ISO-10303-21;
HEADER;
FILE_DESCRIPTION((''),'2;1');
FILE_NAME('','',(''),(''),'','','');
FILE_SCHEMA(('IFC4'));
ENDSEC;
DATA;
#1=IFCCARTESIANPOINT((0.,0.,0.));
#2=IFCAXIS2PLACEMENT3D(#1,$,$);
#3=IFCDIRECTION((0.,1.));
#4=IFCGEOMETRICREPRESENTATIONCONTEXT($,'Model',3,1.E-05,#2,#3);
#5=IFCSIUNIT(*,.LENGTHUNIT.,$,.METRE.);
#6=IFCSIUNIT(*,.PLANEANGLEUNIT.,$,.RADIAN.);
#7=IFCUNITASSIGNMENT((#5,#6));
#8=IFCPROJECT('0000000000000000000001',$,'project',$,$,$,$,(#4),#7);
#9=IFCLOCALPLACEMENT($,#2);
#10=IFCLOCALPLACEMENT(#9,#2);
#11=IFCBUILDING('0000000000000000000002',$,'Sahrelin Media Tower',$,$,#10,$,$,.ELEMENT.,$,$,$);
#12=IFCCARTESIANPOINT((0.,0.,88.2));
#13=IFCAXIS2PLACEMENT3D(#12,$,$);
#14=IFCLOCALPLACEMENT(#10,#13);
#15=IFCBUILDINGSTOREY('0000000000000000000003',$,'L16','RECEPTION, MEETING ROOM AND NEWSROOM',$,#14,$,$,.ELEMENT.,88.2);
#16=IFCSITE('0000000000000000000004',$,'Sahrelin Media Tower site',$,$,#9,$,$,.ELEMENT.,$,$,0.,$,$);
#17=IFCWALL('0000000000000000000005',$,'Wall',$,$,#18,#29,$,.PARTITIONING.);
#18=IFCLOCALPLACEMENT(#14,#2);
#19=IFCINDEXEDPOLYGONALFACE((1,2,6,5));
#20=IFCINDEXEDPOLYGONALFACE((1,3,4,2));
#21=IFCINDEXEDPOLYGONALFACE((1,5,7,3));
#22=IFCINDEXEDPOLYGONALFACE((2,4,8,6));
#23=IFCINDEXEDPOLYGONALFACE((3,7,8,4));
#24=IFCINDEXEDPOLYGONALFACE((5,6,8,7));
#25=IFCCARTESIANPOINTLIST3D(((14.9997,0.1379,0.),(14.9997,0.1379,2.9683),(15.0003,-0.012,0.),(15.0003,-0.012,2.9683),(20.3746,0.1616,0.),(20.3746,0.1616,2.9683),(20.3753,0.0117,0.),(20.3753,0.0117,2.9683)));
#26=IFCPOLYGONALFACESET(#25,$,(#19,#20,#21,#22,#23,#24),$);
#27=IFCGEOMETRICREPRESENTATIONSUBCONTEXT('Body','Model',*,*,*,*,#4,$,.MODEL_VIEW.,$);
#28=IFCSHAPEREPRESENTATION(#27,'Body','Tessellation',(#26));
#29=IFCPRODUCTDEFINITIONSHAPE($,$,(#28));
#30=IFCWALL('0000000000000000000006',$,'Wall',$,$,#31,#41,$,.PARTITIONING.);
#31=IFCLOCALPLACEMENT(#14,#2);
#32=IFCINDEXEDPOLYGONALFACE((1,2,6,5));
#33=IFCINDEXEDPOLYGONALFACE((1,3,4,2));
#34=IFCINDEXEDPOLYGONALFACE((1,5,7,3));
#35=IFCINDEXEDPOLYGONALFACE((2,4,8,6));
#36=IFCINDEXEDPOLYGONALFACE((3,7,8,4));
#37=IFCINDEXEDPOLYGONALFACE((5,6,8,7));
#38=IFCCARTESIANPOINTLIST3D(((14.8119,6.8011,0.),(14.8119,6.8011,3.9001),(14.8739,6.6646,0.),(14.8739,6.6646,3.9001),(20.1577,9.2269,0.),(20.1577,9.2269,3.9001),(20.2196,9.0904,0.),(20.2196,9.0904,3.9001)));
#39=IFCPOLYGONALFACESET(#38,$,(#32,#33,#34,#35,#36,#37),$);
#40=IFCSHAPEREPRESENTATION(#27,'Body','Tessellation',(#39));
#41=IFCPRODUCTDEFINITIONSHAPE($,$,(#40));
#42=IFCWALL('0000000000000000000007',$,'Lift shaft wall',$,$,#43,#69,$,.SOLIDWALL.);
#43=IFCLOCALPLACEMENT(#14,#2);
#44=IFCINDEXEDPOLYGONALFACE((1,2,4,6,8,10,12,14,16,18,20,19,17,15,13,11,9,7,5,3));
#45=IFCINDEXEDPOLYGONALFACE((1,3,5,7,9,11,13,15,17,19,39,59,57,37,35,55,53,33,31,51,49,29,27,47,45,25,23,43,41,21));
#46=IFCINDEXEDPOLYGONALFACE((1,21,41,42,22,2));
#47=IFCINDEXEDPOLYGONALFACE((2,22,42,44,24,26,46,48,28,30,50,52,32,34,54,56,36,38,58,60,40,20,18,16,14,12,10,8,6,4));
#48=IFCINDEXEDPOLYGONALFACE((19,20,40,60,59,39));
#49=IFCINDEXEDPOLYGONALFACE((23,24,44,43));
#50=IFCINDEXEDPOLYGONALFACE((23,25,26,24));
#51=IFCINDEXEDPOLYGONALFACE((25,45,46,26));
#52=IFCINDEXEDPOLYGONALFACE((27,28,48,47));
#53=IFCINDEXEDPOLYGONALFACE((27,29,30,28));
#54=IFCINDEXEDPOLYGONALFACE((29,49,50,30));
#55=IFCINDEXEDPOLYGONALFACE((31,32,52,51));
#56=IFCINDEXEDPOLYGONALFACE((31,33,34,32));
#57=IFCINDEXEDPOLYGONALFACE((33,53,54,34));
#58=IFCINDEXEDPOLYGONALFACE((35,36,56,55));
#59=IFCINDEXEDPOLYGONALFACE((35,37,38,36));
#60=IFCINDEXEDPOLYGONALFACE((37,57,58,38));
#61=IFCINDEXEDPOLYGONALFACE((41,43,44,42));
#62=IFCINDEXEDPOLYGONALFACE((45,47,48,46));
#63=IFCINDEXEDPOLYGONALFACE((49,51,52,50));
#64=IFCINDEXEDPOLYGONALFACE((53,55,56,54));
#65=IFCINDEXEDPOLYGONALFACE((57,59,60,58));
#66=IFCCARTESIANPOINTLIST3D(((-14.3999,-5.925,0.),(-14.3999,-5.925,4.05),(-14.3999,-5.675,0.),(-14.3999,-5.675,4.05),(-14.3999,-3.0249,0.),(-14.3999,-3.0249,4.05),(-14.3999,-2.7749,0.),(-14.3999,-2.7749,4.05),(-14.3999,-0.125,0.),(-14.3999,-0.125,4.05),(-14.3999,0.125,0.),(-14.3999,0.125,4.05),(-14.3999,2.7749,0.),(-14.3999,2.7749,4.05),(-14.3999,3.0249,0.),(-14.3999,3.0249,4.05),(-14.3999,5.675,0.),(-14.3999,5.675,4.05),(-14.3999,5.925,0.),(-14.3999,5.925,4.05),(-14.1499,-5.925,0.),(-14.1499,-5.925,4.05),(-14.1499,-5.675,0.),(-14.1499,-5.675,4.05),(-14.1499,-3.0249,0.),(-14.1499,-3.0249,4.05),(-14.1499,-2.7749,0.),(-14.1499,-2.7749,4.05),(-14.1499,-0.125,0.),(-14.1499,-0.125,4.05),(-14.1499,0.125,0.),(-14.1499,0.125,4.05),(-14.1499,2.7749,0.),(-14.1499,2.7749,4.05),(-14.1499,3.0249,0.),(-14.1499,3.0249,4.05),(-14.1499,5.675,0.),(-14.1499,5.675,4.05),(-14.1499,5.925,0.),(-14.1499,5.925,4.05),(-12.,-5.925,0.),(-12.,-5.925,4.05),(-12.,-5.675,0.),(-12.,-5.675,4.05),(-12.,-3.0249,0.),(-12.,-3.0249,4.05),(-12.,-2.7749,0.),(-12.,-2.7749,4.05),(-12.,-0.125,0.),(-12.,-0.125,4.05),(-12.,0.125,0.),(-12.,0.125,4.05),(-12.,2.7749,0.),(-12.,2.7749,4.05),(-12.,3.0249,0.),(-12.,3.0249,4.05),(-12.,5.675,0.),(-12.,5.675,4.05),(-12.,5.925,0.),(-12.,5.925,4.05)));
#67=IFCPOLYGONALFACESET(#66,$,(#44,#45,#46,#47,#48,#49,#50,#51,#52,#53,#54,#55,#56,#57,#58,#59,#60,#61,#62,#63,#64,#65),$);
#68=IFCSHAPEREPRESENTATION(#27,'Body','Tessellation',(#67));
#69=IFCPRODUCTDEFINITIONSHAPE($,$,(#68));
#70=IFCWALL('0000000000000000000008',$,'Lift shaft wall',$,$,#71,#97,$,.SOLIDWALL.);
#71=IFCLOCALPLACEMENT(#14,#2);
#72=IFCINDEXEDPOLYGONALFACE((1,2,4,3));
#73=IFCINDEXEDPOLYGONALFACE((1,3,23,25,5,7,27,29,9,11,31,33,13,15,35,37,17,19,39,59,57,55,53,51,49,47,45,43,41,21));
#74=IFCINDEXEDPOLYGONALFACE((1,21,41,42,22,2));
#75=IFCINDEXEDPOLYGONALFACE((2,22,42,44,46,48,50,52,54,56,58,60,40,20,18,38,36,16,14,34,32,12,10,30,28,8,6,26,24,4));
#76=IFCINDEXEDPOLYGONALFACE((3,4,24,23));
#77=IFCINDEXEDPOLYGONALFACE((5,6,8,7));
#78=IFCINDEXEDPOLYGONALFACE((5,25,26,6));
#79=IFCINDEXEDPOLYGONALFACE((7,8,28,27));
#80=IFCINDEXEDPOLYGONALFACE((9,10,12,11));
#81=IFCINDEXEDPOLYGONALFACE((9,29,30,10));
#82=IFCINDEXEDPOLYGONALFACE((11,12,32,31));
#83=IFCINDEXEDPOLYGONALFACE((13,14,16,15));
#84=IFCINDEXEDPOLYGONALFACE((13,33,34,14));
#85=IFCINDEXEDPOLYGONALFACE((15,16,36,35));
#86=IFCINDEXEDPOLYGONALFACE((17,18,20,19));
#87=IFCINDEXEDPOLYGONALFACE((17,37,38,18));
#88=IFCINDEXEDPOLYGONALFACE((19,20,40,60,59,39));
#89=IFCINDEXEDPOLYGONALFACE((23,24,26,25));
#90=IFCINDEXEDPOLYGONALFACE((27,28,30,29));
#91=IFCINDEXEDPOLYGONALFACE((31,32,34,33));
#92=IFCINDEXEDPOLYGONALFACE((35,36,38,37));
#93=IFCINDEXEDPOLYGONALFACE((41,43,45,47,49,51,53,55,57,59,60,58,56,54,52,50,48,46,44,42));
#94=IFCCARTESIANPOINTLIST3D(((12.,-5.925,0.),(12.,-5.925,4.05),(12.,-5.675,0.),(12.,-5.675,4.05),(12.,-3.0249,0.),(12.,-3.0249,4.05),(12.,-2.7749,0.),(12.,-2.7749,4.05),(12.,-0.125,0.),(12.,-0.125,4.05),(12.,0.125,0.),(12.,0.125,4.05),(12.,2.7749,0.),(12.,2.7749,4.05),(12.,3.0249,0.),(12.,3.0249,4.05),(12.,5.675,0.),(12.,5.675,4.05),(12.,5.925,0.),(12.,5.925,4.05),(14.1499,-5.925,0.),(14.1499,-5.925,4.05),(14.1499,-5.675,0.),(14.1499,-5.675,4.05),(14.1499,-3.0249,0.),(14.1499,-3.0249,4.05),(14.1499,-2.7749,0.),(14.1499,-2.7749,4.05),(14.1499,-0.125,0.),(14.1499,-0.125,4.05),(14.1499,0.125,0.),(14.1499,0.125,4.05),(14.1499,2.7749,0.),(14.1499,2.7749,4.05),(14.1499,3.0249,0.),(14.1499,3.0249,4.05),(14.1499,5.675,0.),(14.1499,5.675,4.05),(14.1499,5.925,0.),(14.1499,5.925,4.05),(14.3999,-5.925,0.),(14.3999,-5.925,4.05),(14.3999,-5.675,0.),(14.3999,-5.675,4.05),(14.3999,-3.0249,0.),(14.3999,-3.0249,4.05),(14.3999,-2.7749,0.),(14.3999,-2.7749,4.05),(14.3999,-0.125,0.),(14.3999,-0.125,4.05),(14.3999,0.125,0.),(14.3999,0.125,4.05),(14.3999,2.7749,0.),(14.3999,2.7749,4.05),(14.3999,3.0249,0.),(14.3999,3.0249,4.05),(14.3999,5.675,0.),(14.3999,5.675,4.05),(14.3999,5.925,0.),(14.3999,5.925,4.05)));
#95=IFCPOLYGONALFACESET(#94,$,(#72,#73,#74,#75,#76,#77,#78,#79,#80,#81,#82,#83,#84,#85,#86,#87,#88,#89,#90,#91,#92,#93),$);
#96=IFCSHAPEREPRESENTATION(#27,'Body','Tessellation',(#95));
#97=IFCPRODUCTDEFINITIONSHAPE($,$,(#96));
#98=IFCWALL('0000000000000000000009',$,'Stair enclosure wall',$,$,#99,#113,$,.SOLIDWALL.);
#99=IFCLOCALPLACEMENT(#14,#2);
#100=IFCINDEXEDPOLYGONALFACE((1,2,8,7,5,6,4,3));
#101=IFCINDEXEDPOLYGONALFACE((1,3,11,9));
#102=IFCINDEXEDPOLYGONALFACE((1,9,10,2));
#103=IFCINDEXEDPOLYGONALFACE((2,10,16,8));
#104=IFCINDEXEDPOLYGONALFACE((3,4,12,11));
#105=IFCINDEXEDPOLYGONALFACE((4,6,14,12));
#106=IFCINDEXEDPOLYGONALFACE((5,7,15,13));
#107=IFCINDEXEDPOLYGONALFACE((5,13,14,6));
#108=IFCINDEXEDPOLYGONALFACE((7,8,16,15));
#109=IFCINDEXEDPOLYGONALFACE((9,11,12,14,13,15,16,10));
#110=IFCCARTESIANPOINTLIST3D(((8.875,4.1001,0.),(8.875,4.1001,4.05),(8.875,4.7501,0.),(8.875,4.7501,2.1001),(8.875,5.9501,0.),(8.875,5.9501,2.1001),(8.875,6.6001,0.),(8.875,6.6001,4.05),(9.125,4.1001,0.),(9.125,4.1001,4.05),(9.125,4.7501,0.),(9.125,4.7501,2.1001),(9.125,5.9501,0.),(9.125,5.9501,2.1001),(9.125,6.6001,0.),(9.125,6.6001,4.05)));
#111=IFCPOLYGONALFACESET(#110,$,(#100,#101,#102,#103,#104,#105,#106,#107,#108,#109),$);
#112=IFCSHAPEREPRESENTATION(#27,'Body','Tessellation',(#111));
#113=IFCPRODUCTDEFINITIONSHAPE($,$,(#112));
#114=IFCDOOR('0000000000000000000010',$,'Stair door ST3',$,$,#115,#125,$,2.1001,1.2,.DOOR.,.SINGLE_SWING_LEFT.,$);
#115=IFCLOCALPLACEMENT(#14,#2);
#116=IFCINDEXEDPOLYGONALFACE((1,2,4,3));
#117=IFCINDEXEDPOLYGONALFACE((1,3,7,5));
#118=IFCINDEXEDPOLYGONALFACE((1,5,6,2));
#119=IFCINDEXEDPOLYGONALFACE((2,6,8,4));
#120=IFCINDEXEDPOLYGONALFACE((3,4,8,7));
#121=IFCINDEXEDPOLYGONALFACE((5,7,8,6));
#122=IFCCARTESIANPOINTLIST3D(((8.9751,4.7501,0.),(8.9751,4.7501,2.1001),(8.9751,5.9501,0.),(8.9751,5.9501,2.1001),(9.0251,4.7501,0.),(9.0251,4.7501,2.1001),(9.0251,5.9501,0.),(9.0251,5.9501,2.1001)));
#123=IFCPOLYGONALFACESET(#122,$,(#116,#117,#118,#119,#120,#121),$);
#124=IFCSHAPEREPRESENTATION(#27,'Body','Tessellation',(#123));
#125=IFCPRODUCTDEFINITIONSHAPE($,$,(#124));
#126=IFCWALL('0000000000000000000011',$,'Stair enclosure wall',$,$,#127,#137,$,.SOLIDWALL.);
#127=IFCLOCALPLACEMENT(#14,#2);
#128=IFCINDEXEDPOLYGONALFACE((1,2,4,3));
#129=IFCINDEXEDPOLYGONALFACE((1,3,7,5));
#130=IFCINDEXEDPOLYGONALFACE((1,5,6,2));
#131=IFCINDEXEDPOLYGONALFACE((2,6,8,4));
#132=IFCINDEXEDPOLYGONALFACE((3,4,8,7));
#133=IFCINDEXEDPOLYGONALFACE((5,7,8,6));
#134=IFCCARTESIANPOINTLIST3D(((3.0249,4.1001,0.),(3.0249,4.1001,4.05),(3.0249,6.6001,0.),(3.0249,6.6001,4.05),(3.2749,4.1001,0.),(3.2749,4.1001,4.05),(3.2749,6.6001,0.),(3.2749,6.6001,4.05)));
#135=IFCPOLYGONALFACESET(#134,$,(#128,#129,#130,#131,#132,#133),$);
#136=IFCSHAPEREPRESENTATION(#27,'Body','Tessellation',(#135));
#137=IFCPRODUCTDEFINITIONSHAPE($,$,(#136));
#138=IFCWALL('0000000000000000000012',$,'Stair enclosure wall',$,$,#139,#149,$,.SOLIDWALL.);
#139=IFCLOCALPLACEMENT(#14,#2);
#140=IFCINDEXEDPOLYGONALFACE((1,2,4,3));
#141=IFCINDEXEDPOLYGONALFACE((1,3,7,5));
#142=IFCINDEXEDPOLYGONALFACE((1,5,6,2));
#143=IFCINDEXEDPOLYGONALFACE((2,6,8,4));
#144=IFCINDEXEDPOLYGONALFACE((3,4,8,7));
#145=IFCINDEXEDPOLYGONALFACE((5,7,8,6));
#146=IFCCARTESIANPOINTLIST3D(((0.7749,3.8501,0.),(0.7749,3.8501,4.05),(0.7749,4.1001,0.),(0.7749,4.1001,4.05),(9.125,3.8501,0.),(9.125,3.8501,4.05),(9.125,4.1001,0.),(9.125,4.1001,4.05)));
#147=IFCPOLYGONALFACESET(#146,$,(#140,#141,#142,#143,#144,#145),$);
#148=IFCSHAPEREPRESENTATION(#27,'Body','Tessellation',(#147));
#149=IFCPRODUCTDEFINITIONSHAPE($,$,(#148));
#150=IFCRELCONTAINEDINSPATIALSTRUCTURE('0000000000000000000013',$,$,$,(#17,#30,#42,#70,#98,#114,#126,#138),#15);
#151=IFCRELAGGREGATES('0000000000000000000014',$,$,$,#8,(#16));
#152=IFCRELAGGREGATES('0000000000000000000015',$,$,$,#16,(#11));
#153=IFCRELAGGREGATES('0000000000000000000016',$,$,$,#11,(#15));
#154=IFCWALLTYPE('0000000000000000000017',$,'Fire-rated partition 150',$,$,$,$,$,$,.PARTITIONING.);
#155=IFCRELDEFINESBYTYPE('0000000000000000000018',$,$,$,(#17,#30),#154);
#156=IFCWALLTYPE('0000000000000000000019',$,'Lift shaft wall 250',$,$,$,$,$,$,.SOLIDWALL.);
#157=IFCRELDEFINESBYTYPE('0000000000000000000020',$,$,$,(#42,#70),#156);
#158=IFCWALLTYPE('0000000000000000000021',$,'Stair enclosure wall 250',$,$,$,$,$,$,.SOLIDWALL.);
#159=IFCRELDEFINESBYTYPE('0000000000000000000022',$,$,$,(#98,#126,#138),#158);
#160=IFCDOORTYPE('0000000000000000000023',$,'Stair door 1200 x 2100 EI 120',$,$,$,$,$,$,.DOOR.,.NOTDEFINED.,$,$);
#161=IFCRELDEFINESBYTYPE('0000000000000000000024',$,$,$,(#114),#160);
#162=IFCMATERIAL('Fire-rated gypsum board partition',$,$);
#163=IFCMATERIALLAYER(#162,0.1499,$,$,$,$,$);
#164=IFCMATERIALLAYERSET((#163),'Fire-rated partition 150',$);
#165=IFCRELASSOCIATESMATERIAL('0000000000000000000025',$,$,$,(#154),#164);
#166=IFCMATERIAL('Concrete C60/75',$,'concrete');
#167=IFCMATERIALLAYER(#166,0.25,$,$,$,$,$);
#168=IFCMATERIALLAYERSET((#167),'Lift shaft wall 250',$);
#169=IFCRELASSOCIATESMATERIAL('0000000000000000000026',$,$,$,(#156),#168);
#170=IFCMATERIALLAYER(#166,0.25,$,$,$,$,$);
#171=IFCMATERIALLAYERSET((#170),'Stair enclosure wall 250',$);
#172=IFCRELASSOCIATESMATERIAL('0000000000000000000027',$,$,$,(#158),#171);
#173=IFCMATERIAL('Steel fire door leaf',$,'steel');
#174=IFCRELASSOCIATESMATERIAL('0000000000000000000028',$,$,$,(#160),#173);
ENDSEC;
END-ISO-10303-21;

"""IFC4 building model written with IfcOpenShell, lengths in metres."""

from ifc_helpers import new_model, si_unit, direction, frame, frame_2d, origin, place, context, subcontext, project, spatial, polyline, rectangle, outline, extrude, material, layer, layer_set, type_object, element, fill, save


model = new_model("IFC4")

# Units and contexts
model_context = context("Model", 3, precision=1e-05, world=origin(), true_north=direction((0.0, 1.0)))
body_context = subcontext(model_context, "Body", "Model", "MODEL_VIEW")
ifc_project = project(units=[si_unit("LENGTHUNIT", "METRE"), si_unit("PLANEANGLEUNIT", "RADIAN")], contexts=[model_context])

# Site, building, storey
site_placement = place(None, origin())
site = spatial("IfcSite", under=ifc_project, at=site_placement, Name="Sahrelin Media Tower site", CompositionType="ELEMENT", RefElevation=0.0)
building_placement = place(site_placement, origin())
building = spatial("IfcBuilding", under=site, at=building_placement, Name="Sahrelin Media Tower", CompositionType="ELEMENT")
storey_placement = place(building_placement, frame((0.0, 0.0, 88.2)))
storey = spatial("IfcBuildingStorey", under=building, at=storey_placement, Name="L16", Description="RECEPTION, MEETING ROOM AND NEWSROOM", CompositionType="ELEMENT", Elevation=88.2)

# Shared definitions
ifc_material_1 = material(Name="Fire-rated gypsum board partition")
ifc_material_2 = material(Name="Steel fire door leaf", Category="steel")

# Walls
ifc_layer_1 = layer(ifc_material_1, 0.1499)
ifc_layer_set_1 = layer_set([ifc_layer_1], Name="Fire-rated partition 150")
wall_type_1 = type_object("IfcWallType", Name="Fire-rated partition 150", PredefinedType="PARTITIONING", material=ifc_layer_set_1)
wall_1_placement = place(storey_placement, frame((15.0, 0.063, 0.0), z_axis=(0.0, 0.0, 1.0), x_axis=(0.99999, 0.004406, 0.0)))
element("IfcWall", 1, at=wall_1_placement, inside=storey, type_object=wall_type_1, Name="Wall", PredefinedType="PARTITIONING", context=body_context, shape_type="SweptSolid", body=[
    extrude(rectangle(XDim=5.375, YDim=0.1499, at=frame_2d((2.6875, 0.0))), origin(), (0.0, 0.0, 1.0), 2.9683),
])
wall_2_placement = place(storey_placement, frame((14.843, 6.7329, 0.0), z_axis=(0.0, 0.0, 1.0), x_axis=(0.910628, 0.413226, 0.0)))
element("IfcWall", 2, at=wall_2_placement, inside=storey, type_object=wall_type_1, Name="Wall", PredefinedType="PARTITIONING", context=body_context, shape_type="SweptSolid", body=[
    extrude(rectangle(XDim=5.8704, YDim=0.1499, at=frame_2d((2.9351, 0.0))), origin(), (0.0, 0.0, 1.0), 3.9001),
])
ifc_material_3 = material(Name="Concrete C60/75", Category="concrete")
ifc_layer_2 = layer(ifc_material_3, 0.25)
ifc_layer_set_2 = layer_set([ifc_layer_2], Name="Lift shaft wall 250")
wall_type_2 = type_object("IfcWallType", Name="Lift shaft wall 250", PredefinedType="SOLIDWALL", material=ifc_layer_set_2)
placement = place(storey_placement, origin())
element("IfcWall", 3, at=placement, inside=storey, type_object=wall_type_2, Name="Lift shaft wall", PredefinedType="SOLIDWALL", context=body_context, shape_type="SweptSolid", body=[
    extrude(outline(polyline([(-12.0, -5.925), (-12.0, -5.675), (-14.1499, -5.675), (-14.1499, -3.0249), (-12.0, -3.0249), (-12.0, -2.7749), (-14.1499, -2.7749), (-14.1499, -0.125), (-12.0, -0.125), (-12.0, 0.125), (-14.1499, 0.125), (-14.1499, 2.7749), (-12.0, 2.7749), (-12.0, 3.0249), (-14.1499, 3.0249), (-14.1499, 5.675), (-12.0, 5.675), (-12.0, 5.925), (-14.1499, 5.925), (-14.3999, 5.925), (-14.3999, 5.675), (-14.3999, 3.0249), (-14.3999, 2.7749), (-14.3999, 0.125), (-14.3999, -0.125), (-14.3999, -2.7749), (-14.3999, -3.0249), (-14.3999, -5.675), (-14.3999, -5.925), (-14.1499, -5.925), (-12.0, -5.925)])), origin(), (0.0, 0.0, 1.0), 4.05),
])
element("IfcWall", 4, at=placement, inside=storey, type_object=wall_type_2, Name="Lift shaft wall", PredefinedType="SOLIDWALL", context=body_context, shape_type="SweptSolid", body=[
    extrude(outline(polyline([(12.0, -5.675), (12.0, -5.925), (14.1499, -5.925), (14.3999, -5.925), (14.3999, -5.675), (14.3999, -3.0249), (14.3999, -2.7749), (14.3999, -0.125), (14.3999, 0.125), (14.3999, 2.7749), (14.3999, 3.0249), (14.3999, 5.675), (14.3999, 5.925), (14.1499, 5.925), (12.0, 5.925), (12.0, 5.675), (14.1499, 5.675), (14.1499, 3.0249), (12.0, 3.0249), (12.0, 2.7749), (14.1499, 2.7749), (14.1499, 0.125), (12.0, 0.125), (12.0, -0.125), (14.1499, -0.125), (14.1499, -2.7749), (12.0, -2.7749), (12.0, -3.0249), (14.1499, -3.0249), (14.1499, -5.675), (12.0, -5.675)])), origin(), (0.0, 0.0, 1.0), 4.05),
])

# Wall, opening, door
ifc_layer_3 = layer(ifc_material_3, 0.25)
ifc_layer_set_3 = layer_set([ifc_layer_3], Name="Stair enclosure wall 250")
wall_type_3 = type_object("IfcWallType", Name="Stair enclosure wall 250", PredefinedType="SOLIDWALL", material=ifc_layer_set_3)
wall_3_placement = place(storey_placement, frame((9.0, 4.1001, 0.0), z_axis=(0.0, 0.0, 1.0), x_axis=(0.0, 1.0, 0.0)))
wall_3 = element("IfcWall", 5, at=wall_3_placement, inside=storey, type_object=wall_type_3, Name="Stair enclosure wall", PredefinedType="SOLIDWALL", context=body_context, shape_type="SweptSolid", body=[
    extrude(rectangle(XDim=2.5, YDim=0.25, at=frame_2d((1.25, 0.0))), origin(), (0.0, 0.0, 1.0), 4.05),
])
opening_1_placement = place(wall_3_placement, frame((0.6499, 0.0, 0.0)))
opening_1 = element("IfcOpeningElement", 6, at=opening_1_placement, cuts=wall_3, PredefinedType="OPENING", context=body_context, shape_type="SweptSolid", body=[
    extrude(rectangle(XDim=1.2, YDim=2.1001, at=frame_2d((0.6001, 1.05))), frame((0.0, 0.125, 0.0), z_axis=(0.0, -1.0, 0.0), x_axis=(1.0, 0.0, 0.0)), (0.0, 0.0, 1.0), 0.25),
])
door_type_1 = type_object("IfcDoorType", Name="Stair door 1200 x 2100 EI 120", OperationType="NOTDEFINED", PredefinedType="DOOR", material=ifc_material_2)
door_1_placement = place(opening_1_placement, origin())
door_1 = element("IfcDoor", 7, at=door_1_placement, inside=storey, type_object=door_type_1, Name="Stair door ST3", OperationType="SINGLE_SWING_LEFT", OverallHeight=2.1001, OverallWidth=1.2, PredefinedType="DOOR", context=body_context, shape_type="SweptSolid", body=[
    extrude(rectangle(XDim=1.2, YDim=2.1001, at=frame_2d((0.6001, 1.05))), frame((0.0, 0.0249, 0.0), z_axis=(0.0, -1.0, 0.0), x_axis=(1.0, 0.0, 0.0)), (0.0, 0.0, 1.0), 0.05),
])
fill(opening_1, door_1)

# Walls
wall_4_placement = place(storey_placement, frame((3.1499, 4.1001, 0.0), z_axis=(0.0, 0.0, 1.0), x_axis=(0.0, 1.0, 0.0)))
element("IfcWall", 8, at=wall_4_placement, inside=storey, type_object=wall_type_3, Name="Stair enclosure wall", PredefinedType="SOLIDWALL", context=body_context, shape_type="SweptSolid", body=[
    extrude(rectangle(XDim=2.5, YDim=0.25, at=frame_2d((1.25, 0.0))), origin(), (0.0, 0.0, 1.0), 4.05),
])
wall_5_placement = place(storey_placement, frame((0.7749, 3.9751, 0.0), z_axis=(0.0, 0.0, 1.0), x_axis=(1.0, 0.0, 0.0)))
element("IfcWall", 9, at=wall_5_placement, inside=storey, type_object=wall_type_3, Name="Stair enclosure wall", PredefinedType="SOLIDWALL", context=body_context, shape_type="SweptSolid", body=[
    extrude(rectangle(XDim=8.3501, YDim=0.25, at=frame_2d((4.175, 0.0))), origin(), (0.0, 0.0, 1.0), 4.05),
])

save(model, "model.ifc")
